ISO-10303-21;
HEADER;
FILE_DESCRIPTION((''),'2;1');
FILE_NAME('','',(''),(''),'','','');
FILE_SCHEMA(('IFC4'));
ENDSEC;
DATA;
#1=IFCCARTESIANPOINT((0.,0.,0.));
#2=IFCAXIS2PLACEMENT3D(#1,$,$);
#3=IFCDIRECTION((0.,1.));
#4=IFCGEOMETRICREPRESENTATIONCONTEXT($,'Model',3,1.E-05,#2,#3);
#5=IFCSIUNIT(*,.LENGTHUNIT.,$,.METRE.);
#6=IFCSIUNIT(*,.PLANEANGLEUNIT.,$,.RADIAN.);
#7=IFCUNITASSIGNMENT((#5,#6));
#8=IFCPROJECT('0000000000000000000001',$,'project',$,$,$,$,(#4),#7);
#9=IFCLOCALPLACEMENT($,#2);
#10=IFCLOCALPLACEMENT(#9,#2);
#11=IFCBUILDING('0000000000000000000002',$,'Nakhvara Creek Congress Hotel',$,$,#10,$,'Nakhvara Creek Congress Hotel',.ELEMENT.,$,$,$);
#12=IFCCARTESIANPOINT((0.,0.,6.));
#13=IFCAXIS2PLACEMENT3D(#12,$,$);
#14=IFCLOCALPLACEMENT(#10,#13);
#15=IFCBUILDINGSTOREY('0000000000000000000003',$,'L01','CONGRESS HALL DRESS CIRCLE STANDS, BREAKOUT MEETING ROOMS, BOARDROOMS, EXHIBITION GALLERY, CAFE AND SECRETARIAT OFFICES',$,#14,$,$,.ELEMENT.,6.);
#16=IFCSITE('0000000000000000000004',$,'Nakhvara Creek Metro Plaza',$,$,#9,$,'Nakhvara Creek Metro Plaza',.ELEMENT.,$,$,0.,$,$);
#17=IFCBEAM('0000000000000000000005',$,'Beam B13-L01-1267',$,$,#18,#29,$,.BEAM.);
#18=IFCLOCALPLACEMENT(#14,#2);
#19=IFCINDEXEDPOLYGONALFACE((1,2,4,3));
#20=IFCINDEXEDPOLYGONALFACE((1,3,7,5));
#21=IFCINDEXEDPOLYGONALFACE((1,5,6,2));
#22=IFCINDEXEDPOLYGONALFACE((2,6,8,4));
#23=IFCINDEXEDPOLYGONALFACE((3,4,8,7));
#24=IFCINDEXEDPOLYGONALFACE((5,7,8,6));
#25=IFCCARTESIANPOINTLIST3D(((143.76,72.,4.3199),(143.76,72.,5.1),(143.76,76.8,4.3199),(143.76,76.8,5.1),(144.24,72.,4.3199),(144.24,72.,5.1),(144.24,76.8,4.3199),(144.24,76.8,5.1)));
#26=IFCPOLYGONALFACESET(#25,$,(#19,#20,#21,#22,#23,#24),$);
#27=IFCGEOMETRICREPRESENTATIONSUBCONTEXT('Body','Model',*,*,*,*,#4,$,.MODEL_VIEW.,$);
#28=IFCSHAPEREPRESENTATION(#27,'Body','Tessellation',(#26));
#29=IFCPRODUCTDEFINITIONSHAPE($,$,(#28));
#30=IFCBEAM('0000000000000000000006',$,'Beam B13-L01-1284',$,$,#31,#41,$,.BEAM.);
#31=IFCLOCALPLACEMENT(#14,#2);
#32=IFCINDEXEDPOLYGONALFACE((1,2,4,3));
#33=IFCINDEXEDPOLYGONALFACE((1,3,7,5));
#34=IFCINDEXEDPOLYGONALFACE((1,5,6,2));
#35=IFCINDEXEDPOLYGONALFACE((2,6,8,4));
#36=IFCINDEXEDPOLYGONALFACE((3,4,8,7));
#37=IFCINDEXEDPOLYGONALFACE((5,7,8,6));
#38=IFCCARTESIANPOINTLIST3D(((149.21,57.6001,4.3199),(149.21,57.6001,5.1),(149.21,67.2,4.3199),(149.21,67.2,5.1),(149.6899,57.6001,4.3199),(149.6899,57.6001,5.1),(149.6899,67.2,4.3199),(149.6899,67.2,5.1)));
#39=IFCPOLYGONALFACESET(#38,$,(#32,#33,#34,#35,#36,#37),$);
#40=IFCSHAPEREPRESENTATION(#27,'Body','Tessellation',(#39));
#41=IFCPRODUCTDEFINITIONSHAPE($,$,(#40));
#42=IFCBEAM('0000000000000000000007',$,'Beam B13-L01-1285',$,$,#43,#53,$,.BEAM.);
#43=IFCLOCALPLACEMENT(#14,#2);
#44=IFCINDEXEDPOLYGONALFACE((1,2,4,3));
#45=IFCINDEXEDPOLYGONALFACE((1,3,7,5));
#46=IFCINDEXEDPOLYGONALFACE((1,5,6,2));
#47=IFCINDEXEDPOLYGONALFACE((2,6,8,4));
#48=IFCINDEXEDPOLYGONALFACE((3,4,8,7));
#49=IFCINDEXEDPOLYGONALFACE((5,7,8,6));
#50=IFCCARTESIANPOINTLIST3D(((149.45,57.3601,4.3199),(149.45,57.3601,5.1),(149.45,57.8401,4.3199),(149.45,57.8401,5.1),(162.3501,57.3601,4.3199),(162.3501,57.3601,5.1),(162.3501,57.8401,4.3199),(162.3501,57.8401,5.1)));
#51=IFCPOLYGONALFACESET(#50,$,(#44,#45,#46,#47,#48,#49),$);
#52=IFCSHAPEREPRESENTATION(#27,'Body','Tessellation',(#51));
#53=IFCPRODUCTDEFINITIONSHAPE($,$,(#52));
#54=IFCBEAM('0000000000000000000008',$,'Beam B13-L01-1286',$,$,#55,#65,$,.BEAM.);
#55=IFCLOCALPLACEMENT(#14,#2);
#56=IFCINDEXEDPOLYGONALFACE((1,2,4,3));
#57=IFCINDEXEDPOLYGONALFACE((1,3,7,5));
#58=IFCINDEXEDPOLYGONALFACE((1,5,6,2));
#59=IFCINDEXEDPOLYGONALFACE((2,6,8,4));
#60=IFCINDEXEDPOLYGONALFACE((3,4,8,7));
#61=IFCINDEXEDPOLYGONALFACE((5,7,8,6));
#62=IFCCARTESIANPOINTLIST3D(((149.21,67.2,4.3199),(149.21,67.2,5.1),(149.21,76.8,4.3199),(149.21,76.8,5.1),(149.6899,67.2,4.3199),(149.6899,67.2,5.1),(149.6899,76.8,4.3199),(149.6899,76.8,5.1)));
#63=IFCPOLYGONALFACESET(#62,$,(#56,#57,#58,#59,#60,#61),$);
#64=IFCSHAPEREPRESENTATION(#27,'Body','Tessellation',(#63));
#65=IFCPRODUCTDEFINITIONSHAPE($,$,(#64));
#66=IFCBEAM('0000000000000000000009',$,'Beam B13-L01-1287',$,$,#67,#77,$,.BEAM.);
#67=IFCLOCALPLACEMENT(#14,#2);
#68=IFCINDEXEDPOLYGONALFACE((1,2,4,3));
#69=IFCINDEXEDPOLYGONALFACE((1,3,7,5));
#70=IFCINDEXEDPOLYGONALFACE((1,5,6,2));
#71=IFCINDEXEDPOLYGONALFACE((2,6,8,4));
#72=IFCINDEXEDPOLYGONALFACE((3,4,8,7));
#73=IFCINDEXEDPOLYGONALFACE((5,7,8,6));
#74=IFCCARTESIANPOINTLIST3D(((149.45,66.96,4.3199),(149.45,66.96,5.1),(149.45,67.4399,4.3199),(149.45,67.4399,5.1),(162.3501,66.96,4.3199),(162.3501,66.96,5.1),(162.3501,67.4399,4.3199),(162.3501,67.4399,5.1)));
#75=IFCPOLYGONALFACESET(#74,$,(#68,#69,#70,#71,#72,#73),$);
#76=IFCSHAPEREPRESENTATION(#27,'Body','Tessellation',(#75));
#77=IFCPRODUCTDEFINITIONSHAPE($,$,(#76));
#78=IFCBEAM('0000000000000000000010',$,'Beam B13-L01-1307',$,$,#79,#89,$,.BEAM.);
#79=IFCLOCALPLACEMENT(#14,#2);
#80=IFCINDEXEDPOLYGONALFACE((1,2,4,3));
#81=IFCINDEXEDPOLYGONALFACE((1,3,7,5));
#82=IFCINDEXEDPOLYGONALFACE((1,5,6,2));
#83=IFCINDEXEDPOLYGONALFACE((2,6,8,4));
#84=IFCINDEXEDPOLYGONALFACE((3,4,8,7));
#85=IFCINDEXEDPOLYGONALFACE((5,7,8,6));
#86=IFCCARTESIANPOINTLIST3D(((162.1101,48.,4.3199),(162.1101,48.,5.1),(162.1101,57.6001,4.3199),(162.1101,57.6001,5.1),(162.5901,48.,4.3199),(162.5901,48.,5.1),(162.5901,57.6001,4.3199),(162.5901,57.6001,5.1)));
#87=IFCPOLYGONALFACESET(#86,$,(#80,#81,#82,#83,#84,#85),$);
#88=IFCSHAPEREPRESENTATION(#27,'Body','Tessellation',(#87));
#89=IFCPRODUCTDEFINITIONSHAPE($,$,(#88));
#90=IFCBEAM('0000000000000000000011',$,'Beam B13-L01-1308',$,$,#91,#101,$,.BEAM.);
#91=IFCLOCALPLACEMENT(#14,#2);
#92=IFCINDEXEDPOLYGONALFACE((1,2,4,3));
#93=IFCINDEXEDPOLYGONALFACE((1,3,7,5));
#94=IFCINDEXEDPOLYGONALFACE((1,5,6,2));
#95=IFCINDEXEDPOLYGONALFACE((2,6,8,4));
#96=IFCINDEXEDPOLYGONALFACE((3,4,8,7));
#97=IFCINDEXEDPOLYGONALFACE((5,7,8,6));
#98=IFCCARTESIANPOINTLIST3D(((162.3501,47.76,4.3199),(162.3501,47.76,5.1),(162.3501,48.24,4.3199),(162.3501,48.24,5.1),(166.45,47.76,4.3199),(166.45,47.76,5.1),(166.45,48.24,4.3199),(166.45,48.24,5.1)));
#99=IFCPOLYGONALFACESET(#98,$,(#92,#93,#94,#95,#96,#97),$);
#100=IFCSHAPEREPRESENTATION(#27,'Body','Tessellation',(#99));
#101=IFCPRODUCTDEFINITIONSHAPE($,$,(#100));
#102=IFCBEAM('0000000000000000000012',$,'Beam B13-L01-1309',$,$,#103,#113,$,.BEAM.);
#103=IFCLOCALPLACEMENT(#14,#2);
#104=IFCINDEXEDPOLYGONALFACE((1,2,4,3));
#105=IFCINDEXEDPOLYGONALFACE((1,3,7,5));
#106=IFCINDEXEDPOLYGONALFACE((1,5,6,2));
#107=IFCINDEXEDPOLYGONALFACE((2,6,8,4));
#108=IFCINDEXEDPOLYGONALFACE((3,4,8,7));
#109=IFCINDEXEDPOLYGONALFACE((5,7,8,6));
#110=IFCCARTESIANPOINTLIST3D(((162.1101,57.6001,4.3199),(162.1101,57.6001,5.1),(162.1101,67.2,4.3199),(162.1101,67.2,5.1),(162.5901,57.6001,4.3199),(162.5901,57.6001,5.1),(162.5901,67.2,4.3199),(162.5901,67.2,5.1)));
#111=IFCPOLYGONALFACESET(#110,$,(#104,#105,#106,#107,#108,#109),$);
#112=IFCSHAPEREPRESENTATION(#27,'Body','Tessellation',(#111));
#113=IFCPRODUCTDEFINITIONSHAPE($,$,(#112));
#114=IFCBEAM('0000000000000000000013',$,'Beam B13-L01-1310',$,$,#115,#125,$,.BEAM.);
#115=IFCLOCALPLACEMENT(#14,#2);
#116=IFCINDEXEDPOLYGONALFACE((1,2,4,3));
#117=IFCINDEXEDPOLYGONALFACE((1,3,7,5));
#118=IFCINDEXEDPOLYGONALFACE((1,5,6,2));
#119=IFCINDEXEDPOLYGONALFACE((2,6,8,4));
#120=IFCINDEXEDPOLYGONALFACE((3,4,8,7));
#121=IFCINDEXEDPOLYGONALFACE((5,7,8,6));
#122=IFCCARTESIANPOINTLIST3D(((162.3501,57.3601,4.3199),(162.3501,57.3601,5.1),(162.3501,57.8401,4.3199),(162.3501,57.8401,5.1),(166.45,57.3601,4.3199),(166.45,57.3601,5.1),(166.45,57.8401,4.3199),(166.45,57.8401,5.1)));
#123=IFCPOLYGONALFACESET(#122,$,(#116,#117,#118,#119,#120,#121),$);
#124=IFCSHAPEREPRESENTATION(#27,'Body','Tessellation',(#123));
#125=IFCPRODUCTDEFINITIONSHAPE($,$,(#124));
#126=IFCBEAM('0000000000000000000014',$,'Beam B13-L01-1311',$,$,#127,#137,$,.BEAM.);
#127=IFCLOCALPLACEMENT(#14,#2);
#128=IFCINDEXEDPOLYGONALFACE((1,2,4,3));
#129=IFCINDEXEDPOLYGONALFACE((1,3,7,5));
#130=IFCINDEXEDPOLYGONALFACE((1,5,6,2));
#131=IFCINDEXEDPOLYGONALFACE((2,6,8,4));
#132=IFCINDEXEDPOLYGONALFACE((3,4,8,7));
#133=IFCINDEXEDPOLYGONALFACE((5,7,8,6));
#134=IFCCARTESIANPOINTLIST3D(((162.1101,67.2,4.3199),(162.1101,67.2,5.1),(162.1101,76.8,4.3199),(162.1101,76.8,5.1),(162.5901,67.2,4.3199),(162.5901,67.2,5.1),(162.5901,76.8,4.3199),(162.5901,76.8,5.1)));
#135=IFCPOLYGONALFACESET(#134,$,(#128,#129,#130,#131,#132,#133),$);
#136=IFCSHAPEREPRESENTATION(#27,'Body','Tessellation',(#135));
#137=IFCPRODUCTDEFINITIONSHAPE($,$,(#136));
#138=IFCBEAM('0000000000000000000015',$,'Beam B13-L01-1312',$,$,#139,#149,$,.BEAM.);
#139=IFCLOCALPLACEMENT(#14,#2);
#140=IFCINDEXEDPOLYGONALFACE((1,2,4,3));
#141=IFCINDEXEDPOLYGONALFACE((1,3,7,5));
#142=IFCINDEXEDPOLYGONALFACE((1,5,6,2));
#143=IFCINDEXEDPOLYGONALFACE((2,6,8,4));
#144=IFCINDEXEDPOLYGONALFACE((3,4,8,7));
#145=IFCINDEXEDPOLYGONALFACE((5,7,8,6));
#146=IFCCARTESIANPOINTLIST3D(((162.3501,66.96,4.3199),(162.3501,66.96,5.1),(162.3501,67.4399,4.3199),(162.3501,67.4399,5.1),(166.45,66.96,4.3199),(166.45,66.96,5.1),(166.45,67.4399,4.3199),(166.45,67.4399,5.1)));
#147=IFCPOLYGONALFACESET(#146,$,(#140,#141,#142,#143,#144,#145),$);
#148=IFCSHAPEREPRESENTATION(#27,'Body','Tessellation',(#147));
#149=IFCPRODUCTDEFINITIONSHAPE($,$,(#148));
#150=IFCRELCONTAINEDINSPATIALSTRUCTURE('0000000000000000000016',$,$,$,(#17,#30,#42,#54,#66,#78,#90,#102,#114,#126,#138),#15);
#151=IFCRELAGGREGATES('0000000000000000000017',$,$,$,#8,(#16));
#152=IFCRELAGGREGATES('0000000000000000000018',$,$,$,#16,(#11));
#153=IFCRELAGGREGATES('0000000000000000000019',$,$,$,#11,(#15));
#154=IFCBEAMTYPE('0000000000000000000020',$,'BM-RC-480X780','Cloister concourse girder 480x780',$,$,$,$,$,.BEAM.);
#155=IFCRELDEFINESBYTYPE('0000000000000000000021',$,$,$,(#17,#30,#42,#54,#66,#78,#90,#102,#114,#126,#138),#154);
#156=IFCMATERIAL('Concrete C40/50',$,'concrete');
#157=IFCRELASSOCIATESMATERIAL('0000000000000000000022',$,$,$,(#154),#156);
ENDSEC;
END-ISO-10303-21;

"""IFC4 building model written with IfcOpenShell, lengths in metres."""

from ifc_helpers import new_model, si_unit, direction, frame, origin, origin_2d, place, context, subcontext, project, spatial, rectangle, extrude, material, material_profile, profile_set, type_object, element, save


model = new_model("IFC4")

# Units and contexts
model_context = context("Model", 3, precision=1e-05, world=origin(), true_north=direction((0.0, 1.0)))
body_context = subcontext(model_context, "Body", "Model", "MODEL_VIEW")
ifc_project = project(units=[si_unit("LENGTHUNIT", "METRE"), si_unit("PLANEANGLEUNIT", "RADIAN")], contexts=[model_context])

# Site, building, storey
site_placement = place(None, origin())
site = spatial("IfcSite", under=ifc_project, at=site_placement, Name="Nakhvara Creek Metro Plaza", LongName="Nakhvara Creek Metro Plaza", CompositionType="ELEMENT", RefElevation=0.0)
building_placement = place(site_placement, origin())
building = spatial("IfcBuilding", under=site, at=building_placement, Name="Nakhvara Creek Congress Hotel", LongName="Nakhvara Creek Congress Hotel", CompositionType="ELEMENT")
storey_placement = place(building_placement, frame((0.0, 0.0, 6.0)))
storey = spatial("IfcBuildingStorey", under=building, at=storey_placement, Name="L01", Description="CONGRESS HALL DRESS CIRCLE STANDS, BREAKOUT MEETING ROOMS, BOARDROOMS, EXHIBITION GALLERY, CAFE AND SECRETARIAT OFFICES", CompositionType="ELEMENT", Elevation=6.0)

# Beams
ifc_material_1 = material(Name="Concrete C40/50", Category="concrete")
ifc_material_profile_1 = material_profile(ifc_material_1, rectangle(XDim=0.48, YDim=0.78, at=origin_2d()), Name="RC-BM 480x780", Category="LoadBearing")
ifc_profile_set_1 = profile_set([ifc_material_profile_1], Name="Concrete C40/50")
beam_type = type_object("IfcBeamType", Name="BM-RC-480X780", Description="Cloister concourse girder 480x780", PredefinedType="BEAM", material=ifc_profile_set_1)
beam_1_placement = place(storey_placement, frame((144.0, 72.0, 4.71), z_axis=(0.0, 1.0, 0.0), x_axis=(-1.0, 0.0, 0.0)))
element("IfcBeam", 1, at=beam_1_placement, inside=storey, type_object=beam_type, Name="Beam B13-L01-1267", PredefinedType="BEAM", context=body_context, shape_type="SweptSolid", body=[
    extrude(rectangle(XDim=0.48, YDim=0.78, at=origin_2d()), origin(), (0.0, 0.0, 1.0), 4.8),
])
beam_2_placement = place(storey_placement, frame((149.45, 57.6001, 4.71), z_axis=(0.0, 1.0, 0.0), x_axis=(-1.0, 0.0, 0.0)))
element("IfcBeam", 2, at=beam_2_placement, inside=storey, type_object=beam_type, Name="Beam B13-L01-1284", PredefinedType="BEAM", context=body_context, shape_type="SweptSolid", body=[
    extrude(rectangle(XDim=0.48, YDim=0.78, at=origin_2d()), origin(), (0.0, 0.0, 1.0), 9.5999),
])
beam_3_placement = place(storey_placement, frame((149.45, 57.6001, 4.71), z_axis=(1.0, 0.0, 0.0), x_axis=(0.0, 1.0, 0.0)))
element("IfcBeam", 3, at=beam_3_placement, inside=storey, type_object=beam_type, Name="Beam B13-L01-1285", PredefinedType="BEAM", context=body_context, shape_type="SweptSolid", body=[
    extrude(rectangle(XDim=0.48, YDim=0.78, at=origin_2d()), origin(), (0.0, 0.0, 1.0), 12.9001),
])
beam_4_placement = place(storey_placement, frame((149.45, 67.2, 4.71), z_axis=(0.0, 1.0, 0.0), x_axis=(-1.0, 0.0, 0.0)))
element("IfcBeam", 4, at=beam_4_placement, inside=storey, type_object=beam_type, Name="Beam B13-L01-1286", PredefinedType="BEAM", context=body_context, shape_type="SweptSolid", body=[
    extrude(rectangle(XDim=0.48, YDim=0.78, at=origin_2d()), origin(), (0.0, 0.0, 1.0), 9.6001),
])
beam_5_placement = place(storey_placement, frame((149.45, 67.2, 4.71), z_axis=(1.0, 0.0, 0.0), x_axis=(0.0, 1.0, 0.0)))
element("IfcBeam", 5, at=beam_5_placement, inside=storey, type_object=beam_type, Name="Beam B13-L01-1287", PredefinedType="BEAM", context=body_context, shape_type="SweptSolid", body=[
    extrude(rectangle(XDim=0.48, YDim=0.78, at=origin_2d()), origin(), (0.0, 0.0, 1.0), 12.9001),
])
beam_6_placement = place(storey_placement, frame((162.3501, 48.0, 4.71), z_axis=(0.0, 1.0, 0.0), x_axis=(-1.0, 0.0, 0.0)))
element("IfcBeam", 6, at=beam_6_placement, inside=storey, type_object=beam_type, Name="Beam B13-L01-1307", PredefinedType="BEAM", context=body_context, shape_type="SweptSolid", body=[
    extrude(rectangle(XDim=0.48, YDim=0.78, at=origin_2d()), origin(), (0.0, 0.0, 1.0), 9.6001),
])
beam_7_placement = place(storey_placement, frame((162.3501, 48.0, 4.71), z_axis=(1.0, 0.0, 0.0), x_axis=(0.0, 1.0, 0.0)))
element("IfcBeam", 7, at=beam_7_placement, inside=storey, type_object=beam_type, Name="Beam B13-L01-1308", PredefinedType="BEAM", context=body_context, shape_type="SweptSolid", body=[
    extrude(rectangle(XDim=0.48, YDim=0.78, at=origin_2d()), origin(), (0.0, 0.0, 1.0), 4.0999),
])
beam_8_placement = place(storey_placement, frame((162.3501, 57.6001, 4.71), z_axis=(0.0, 1.0, 0.0), x_axis=(-1.0, 0.0, 0.0)))
element("IfcBeam", 8, at=beam_8_placement, inside=storey, type_object=beam_type, Name="Beam B13-L01-1309", PredefinedType="BEAM", context=body_context, shape_type="SweptSolid", body=[
    extrude(rectangle(XDim=0.48, YDim=0.78, at=origin_2d()), origin(), (0.0, 0.0, 1.0), 9.5999),
])
beam_9_placement = place(storey_placement, frame((162.3501, 57.6001, 4.71), z_axis=(1.0, 0.0, 0.0), x_axis=(0.0, 1.0, 0.0)))
element("IfcBeam", 9, at=beam_9_placement, inside=storey, type_object=beam_type, Name="Beam B13-L01-1310", PredefinedType="BEAM", context=body_context, shape_type="SweptSolid", body=[
    extrude(rectangle(XDim=0.48, YDim=0.78, at=origin_2d()), origin(), (0.0, 0.0, 1.0), 4.0999),
])
beam_10_placement = place(storey_placement, frame((162.3501, 67.2, 4.71), z_axis=(0.0, 1.0, 0.0), x_axis=(-1.0, 0.0, 0.0)))
element("IfcBeam", 10, at=beam_10_placement, inside=storey, type_object=beam_type, Name="Beam B13-L01-1311", PredefinedType="BEAM", context=body_context, shape_type="SweptSolid", body=[
    extrude(rectangle(XDim=0.48, YDim=0.78, at=origin_2d()), origin(), (0.0, 0.0, 1.0), 9.6001),
])
beam_11_placement = place(storey_placement, frame((162.3501, 67.2, 4.71), z_axis=(1.0, 0.0, 0.0), x_axis=(0.0, 1.0, 0.0)))
element("IfcBeam", 11, at=beam_11_placement, inside=storey, type_object=beam_type, Name="Beam B13-L01-1312", PredefinedType="BEAM", context=body_context, shape_type="SweptSolid", body=[
    extrude(rectangle(XDim=0.48, YDim=0.78, at=origin_2d()), origin(), (0.0, 0.0, 1.0), 4.0999),
])

save(model, "model.ifc")
